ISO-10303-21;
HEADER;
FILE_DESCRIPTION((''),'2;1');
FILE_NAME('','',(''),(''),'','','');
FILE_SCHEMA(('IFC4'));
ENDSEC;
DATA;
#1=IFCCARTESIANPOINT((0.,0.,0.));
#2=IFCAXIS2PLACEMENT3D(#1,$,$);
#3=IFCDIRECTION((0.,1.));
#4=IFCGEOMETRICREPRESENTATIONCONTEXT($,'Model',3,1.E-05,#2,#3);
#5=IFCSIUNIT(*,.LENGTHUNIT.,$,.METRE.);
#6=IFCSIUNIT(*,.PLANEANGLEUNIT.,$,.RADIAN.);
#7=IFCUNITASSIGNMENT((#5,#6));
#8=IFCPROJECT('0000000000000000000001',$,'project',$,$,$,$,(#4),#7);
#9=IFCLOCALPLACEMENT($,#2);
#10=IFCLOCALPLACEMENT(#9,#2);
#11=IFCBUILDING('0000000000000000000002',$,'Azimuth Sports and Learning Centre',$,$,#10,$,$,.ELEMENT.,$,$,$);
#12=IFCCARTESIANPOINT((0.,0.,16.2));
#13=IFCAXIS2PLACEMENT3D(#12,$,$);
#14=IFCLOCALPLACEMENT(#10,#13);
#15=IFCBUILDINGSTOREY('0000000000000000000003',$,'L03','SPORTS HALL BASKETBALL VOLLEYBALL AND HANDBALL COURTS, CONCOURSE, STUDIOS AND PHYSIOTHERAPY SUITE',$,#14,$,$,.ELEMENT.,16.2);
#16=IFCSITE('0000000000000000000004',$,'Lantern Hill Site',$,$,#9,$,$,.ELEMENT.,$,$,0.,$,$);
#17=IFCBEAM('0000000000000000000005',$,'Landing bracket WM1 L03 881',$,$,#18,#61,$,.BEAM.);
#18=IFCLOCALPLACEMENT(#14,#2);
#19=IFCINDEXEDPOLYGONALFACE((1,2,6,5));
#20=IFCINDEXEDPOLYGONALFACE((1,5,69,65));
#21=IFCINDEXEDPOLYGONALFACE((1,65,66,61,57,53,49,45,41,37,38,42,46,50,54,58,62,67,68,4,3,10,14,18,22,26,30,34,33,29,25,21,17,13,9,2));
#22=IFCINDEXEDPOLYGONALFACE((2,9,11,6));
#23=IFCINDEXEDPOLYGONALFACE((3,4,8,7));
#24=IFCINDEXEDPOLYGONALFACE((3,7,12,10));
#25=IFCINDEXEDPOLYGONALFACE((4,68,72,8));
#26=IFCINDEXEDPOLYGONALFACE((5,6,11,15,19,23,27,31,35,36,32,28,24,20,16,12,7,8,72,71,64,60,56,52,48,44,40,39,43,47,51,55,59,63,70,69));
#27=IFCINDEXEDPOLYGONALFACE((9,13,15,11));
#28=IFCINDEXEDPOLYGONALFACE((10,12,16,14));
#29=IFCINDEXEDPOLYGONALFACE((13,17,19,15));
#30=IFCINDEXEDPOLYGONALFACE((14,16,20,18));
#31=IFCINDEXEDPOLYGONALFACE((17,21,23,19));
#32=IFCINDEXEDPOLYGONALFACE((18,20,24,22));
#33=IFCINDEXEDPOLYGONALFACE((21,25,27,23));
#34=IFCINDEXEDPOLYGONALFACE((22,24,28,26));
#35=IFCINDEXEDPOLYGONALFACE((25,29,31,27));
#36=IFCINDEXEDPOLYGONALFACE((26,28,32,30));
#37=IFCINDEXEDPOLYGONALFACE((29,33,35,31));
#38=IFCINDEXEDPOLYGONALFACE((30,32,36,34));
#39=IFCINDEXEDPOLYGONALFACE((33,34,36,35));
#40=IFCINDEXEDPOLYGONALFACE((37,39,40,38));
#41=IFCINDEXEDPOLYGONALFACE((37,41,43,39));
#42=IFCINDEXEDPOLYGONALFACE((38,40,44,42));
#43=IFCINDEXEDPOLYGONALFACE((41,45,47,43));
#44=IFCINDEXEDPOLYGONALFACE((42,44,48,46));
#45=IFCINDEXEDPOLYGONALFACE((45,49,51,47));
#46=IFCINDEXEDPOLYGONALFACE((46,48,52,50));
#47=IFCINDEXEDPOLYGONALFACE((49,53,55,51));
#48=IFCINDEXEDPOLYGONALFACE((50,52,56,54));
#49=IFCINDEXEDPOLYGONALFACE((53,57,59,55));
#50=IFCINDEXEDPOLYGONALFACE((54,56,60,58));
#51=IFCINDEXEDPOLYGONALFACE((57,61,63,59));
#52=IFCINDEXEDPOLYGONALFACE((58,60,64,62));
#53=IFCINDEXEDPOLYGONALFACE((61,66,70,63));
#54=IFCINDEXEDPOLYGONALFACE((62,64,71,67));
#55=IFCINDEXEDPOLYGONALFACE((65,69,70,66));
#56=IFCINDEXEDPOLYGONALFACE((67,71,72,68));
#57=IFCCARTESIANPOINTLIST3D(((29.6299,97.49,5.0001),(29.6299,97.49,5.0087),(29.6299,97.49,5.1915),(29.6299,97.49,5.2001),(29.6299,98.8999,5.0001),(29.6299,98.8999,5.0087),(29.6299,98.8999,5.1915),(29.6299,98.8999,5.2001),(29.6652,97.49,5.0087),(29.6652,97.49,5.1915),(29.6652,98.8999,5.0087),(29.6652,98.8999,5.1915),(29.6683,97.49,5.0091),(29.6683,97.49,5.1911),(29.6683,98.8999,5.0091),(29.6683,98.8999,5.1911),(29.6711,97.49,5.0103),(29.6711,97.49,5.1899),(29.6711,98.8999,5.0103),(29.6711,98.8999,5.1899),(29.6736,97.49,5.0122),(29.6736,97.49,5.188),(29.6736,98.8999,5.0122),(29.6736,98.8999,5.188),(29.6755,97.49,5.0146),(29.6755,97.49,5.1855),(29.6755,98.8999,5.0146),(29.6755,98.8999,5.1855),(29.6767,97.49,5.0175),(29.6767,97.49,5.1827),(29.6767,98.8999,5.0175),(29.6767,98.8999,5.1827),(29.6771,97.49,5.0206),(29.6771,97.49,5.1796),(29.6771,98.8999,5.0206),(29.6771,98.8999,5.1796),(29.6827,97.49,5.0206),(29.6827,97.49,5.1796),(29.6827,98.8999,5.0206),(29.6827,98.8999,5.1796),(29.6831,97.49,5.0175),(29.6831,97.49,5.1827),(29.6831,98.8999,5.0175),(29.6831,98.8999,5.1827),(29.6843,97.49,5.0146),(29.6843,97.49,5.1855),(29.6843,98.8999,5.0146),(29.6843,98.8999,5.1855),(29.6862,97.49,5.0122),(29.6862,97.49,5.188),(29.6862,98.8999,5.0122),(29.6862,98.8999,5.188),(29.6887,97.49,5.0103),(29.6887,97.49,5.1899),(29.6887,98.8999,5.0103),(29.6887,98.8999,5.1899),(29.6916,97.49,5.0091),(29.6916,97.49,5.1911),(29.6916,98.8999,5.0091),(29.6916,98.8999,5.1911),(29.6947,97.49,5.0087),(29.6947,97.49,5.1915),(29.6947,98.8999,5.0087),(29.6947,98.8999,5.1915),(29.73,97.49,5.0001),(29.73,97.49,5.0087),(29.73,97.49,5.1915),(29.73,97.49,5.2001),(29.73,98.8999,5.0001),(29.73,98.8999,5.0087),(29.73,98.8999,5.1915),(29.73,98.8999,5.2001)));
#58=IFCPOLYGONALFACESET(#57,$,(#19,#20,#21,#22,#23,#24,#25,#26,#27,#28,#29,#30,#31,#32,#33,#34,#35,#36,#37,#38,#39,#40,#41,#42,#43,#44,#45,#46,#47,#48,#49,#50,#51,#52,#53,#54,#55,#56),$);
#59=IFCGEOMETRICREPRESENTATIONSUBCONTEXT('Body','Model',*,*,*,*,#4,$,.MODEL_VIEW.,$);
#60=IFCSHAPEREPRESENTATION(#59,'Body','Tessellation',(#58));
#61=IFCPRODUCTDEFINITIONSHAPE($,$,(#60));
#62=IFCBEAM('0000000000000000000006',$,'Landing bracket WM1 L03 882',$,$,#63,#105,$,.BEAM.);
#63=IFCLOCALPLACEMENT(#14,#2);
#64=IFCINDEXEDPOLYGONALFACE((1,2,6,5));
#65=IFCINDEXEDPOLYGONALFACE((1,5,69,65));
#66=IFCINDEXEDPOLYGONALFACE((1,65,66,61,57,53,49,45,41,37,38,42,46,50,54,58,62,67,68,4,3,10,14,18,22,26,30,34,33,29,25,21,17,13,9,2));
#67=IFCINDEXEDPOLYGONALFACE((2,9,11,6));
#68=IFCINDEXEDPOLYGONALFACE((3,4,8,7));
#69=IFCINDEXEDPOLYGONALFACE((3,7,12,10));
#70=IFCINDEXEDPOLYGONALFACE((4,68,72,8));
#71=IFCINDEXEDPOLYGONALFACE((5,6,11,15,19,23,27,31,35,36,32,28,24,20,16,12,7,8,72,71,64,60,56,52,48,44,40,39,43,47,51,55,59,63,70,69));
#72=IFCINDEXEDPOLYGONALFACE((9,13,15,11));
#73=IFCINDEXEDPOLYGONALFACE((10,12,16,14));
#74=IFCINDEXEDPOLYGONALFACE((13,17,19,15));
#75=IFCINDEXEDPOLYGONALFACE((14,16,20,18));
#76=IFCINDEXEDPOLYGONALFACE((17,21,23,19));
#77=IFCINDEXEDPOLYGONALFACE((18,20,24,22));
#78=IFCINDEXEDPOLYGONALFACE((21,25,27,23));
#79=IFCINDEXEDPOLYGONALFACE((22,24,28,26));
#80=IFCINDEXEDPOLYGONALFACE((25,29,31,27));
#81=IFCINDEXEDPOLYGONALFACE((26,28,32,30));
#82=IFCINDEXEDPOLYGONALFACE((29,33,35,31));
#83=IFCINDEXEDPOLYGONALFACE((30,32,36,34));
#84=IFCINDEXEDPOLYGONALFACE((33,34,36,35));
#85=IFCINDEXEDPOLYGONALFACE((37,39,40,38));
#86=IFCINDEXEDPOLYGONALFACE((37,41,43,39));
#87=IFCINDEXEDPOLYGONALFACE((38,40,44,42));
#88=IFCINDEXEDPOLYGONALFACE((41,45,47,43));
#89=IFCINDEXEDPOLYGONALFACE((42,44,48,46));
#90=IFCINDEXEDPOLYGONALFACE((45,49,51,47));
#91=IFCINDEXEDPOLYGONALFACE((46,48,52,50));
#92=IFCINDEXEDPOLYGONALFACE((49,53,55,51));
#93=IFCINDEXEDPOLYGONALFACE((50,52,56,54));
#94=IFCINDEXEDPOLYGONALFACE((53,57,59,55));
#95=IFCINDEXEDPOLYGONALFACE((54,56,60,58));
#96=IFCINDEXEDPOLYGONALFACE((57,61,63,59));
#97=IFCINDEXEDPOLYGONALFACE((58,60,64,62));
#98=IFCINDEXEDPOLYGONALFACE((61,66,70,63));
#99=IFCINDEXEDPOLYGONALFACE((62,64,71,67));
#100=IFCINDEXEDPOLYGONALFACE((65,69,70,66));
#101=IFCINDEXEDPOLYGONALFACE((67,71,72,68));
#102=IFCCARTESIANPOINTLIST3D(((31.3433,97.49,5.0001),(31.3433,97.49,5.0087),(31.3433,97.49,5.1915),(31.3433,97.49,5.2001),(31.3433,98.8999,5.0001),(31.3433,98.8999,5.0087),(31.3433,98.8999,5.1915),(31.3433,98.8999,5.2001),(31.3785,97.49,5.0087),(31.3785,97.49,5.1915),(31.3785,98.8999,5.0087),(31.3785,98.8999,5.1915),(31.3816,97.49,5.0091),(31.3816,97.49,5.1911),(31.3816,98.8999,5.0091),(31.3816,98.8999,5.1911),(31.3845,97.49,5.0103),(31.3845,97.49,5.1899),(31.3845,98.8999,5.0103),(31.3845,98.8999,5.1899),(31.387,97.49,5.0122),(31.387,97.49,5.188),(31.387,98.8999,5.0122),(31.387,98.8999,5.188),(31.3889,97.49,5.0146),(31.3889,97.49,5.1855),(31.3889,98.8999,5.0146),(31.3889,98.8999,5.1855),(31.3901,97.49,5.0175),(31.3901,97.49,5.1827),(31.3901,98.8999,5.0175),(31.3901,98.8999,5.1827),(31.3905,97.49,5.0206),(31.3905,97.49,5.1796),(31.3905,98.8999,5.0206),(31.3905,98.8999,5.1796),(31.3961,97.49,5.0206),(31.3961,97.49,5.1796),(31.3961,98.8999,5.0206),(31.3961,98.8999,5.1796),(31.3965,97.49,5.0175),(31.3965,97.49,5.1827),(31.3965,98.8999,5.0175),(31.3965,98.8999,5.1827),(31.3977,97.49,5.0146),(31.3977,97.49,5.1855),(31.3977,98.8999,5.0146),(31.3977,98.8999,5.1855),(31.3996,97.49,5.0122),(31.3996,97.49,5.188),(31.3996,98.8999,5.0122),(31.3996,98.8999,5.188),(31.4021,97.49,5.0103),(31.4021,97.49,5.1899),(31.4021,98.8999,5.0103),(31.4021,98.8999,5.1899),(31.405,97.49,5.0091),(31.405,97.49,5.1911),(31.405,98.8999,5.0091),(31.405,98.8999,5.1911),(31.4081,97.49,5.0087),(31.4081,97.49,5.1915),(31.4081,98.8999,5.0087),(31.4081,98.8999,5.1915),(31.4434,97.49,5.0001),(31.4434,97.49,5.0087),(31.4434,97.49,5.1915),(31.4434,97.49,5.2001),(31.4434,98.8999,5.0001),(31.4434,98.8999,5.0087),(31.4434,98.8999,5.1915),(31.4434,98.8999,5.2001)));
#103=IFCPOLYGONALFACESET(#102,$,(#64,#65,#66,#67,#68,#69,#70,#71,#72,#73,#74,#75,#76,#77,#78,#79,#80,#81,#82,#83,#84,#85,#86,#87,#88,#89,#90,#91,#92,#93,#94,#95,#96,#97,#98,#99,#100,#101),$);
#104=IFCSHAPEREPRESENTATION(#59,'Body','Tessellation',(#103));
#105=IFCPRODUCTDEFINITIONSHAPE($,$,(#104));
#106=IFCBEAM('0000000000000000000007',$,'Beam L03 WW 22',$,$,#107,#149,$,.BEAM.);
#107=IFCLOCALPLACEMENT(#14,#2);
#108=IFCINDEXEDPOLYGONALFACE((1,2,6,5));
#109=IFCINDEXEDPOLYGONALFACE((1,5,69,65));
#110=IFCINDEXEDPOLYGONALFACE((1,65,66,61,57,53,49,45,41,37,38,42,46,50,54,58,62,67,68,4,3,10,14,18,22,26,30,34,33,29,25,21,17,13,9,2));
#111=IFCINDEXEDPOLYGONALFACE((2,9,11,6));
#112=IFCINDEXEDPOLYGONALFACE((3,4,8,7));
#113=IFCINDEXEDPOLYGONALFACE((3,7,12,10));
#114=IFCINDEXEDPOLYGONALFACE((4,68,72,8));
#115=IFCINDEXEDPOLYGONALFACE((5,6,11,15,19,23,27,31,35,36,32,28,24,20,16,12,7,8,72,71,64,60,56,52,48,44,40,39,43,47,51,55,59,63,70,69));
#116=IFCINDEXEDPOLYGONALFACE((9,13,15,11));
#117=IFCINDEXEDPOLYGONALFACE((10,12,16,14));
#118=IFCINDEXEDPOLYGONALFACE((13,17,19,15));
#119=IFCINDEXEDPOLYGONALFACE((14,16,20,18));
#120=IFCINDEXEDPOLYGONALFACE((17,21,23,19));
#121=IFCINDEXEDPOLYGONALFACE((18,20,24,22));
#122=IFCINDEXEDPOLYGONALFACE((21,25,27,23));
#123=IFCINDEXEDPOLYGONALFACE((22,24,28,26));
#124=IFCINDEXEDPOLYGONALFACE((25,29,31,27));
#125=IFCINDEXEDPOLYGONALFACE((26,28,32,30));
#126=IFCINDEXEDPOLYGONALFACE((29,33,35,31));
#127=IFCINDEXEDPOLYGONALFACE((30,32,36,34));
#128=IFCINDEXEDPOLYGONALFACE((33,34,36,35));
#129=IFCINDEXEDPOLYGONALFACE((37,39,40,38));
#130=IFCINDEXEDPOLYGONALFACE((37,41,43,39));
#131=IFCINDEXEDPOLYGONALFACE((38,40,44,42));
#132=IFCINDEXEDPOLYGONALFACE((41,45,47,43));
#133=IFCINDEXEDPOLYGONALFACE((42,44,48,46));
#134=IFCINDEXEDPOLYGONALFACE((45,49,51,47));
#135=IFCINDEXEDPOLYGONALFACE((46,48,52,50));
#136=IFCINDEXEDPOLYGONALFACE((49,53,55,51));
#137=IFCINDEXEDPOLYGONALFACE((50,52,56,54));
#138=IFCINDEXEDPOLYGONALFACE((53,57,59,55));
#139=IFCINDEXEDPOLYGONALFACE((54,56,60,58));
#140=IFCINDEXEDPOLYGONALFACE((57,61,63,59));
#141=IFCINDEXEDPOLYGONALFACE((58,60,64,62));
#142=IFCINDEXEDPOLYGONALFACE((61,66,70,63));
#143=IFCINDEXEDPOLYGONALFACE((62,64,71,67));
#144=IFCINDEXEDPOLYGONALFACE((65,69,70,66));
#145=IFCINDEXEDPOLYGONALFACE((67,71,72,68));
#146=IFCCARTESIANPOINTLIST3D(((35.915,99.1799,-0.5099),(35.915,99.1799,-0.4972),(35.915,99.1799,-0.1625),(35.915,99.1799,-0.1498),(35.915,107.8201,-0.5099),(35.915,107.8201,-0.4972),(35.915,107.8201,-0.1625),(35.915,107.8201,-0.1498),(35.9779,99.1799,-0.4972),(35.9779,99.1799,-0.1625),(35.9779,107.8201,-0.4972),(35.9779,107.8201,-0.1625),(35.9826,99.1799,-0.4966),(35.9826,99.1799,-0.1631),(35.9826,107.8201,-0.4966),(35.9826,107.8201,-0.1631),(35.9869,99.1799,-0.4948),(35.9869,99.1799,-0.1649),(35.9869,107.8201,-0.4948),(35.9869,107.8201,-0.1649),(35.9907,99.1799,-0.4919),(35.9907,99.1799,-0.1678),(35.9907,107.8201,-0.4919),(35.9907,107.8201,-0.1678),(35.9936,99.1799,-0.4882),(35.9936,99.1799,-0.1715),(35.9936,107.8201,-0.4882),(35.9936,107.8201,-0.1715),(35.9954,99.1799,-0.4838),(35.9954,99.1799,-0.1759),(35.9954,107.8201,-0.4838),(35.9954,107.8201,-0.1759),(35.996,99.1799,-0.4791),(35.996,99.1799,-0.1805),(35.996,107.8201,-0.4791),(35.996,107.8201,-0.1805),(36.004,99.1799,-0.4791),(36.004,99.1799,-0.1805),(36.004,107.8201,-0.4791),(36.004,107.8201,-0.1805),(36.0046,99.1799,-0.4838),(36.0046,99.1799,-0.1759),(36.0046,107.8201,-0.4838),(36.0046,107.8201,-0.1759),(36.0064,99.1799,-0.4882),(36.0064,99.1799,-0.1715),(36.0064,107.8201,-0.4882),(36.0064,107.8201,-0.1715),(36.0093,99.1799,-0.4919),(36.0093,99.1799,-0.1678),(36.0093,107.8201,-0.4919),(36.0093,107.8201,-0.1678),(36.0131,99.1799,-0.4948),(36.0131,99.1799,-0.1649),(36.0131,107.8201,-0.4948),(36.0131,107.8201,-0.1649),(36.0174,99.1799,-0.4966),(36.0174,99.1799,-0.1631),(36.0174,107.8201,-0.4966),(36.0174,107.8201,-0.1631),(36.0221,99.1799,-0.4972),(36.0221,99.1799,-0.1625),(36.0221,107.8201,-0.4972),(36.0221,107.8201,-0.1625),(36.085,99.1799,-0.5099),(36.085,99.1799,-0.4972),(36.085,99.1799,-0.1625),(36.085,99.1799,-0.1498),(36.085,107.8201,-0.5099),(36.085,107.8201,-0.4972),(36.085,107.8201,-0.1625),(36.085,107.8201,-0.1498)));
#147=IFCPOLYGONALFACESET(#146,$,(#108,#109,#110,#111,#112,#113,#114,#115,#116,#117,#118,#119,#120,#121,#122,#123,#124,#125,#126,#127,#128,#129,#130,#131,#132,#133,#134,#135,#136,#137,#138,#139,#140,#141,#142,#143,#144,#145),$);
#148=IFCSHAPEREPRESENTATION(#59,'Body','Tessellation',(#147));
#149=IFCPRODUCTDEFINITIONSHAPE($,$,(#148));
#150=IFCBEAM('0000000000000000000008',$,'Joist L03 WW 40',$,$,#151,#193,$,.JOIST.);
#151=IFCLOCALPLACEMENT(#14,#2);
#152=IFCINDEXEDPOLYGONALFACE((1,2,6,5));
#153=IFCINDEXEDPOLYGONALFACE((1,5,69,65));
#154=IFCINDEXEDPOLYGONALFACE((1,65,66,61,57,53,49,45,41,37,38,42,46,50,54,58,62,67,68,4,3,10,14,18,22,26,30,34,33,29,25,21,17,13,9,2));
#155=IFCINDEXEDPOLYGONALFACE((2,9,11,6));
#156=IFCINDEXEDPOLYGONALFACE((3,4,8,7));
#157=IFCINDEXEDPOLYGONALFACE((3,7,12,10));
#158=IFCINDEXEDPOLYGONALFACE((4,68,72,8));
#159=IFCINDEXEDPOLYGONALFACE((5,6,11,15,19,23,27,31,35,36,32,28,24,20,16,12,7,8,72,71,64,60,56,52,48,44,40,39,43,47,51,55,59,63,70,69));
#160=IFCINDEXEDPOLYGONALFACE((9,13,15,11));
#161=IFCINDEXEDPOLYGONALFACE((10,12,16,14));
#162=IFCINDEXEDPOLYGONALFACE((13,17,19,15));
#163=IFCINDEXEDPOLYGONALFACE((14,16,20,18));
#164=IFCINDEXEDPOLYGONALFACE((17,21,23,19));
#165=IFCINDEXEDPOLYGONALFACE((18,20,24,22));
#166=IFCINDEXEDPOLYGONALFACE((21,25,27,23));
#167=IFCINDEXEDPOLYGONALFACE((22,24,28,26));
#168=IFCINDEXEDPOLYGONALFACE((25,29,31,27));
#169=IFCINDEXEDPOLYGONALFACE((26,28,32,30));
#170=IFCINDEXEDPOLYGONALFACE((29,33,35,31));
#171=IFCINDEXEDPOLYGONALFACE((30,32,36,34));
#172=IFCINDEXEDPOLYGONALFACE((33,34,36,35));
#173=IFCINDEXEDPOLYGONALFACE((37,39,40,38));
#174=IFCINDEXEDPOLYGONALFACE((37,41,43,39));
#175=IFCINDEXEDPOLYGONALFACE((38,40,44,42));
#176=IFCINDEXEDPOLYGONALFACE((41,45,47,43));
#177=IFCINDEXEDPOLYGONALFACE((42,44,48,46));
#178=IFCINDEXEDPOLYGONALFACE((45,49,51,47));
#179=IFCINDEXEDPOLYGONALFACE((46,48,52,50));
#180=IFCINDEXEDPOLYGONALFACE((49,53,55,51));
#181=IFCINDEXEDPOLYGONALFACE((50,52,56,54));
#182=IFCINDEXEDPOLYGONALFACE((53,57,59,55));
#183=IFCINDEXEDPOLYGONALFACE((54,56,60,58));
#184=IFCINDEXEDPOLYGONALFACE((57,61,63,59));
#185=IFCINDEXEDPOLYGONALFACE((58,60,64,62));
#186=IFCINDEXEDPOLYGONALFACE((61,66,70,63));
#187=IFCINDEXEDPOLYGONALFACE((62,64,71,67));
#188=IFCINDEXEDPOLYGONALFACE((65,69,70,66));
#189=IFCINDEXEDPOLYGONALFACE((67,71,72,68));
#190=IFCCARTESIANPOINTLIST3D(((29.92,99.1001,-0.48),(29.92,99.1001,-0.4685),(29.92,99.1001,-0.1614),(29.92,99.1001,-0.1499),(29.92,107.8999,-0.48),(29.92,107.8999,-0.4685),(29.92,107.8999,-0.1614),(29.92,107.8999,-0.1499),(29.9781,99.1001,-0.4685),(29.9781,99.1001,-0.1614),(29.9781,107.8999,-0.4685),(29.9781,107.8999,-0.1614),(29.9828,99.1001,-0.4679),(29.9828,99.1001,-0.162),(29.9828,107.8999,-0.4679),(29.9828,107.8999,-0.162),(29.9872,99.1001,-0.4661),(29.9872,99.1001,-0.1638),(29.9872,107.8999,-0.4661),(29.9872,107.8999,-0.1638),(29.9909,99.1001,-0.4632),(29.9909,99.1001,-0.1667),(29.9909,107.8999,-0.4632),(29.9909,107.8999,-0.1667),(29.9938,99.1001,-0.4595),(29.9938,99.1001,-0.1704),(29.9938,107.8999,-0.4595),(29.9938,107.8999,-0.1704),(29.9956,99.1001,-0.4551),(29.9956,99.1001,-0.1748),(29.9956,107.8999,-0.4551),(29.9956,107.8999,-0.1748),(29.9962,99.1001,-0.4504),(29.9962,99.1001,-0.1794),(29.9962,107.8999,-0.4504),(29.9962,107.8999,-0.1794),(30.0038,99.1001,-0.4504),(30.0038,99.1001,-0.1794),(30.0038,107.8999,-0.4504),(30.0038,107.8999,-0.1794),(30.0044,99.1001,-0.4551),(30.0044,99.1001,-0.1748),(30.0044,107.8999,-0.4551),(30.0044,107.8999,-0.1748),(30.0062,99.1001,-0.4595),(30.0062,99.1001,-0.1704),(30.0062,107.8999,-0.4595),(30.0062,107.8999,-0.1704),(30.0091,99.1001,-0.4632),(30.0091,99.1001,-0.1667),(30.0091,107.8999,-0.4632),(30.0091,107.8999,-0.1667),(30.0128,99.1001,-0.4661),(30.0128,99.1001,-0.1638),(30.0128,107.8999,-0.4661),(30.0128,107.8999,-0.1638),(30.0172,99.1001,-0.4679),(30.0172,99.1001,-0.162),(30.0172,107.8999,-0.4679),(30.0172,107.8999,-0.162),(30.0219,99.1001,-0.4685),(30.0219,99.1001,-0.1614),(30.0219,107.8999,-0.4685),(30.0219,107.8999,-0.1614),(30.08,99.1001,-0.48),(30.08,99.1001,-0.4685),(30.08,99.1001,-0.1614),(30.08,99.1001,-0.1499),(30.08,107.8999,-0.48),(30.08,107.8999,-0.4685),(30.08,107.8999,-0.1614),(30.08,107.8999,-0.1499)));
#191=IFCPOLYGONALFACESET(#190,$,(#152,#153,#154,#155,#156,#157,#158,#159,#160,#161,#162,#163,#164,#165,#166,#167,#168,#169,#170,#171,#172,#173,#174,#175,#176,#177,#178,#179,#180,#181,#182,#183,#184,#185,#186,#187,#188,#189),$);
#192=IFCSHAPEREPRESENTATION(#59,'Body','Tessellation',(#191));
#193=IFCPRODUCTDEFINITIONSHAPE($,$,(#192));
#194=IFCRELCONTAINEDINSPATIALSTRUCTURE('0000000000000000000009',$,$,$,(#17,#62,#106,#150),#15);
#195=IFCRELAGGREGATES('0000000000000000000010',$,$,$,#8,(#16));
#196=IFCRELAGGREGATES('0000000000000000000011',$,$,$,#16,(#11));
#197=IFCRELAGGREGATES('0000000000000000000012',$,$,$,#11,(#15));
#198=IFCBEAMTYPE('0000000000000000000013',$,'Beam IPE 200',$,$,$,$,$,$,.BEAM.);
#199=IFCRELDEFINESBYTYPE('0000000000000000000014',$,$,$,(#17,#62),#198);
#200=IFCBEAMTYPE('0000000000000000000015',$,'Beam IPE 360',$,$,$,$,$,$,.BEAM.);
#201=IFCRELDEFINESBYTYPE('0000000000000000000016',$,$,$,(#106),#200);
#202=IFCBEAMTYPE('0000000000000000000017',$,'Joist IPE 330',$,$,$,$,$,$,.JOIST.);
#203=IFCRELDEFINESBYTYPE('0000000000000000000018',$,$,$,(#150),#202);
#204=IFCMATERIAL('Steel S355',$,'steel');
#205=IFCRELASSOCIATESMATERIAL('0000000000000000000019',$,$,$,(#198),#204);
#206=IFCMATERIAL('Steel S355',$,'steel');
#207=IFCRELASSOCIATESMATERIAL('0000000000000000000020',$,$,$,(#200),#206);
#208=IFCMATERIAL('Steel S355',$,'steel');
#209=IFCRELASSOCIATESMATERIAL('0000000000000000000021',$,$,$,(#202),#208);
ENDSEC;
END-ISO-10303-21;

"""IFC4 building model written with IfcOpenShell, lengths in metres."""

from ifc_helpers import new_model, si_unit, direction, frame, origin, origin_2d, place, context, subcontext, project, spatial, i_section, extrude, material, material_profile, profile_set, type_object, element, save


model = new_model("IFC4")

# Units and contexts
model_context = context("Model", 3, precision=1e-05, world=origin(), true_north=direction((0.0, 1.0)))
body_context = subcontext(model_context, "Body", "Model", "MODEL_VIEW")
ifc_project = project(units=[si_unit("LENGTHUNIT", "METRE"), si_unit("PLANEANGLEUNIT", "RADIAN")], contexts=[model_context])

# Site, building, storey
site_placement = place(None, origin())
site = spatial("IfcSite", under=ifc_project, at=site_placement, Name="Lantern Hill Site", CompositionType="ELEMENT", RefElevation=0.0)
building_placement = place(site_placement, origin())
building = spatial("IfcBuilding", under=site, at=building_placement, Name="Azimuth Sports and Learning Centre", CompositionType="ELEMENT")
storey_placement = place(building_placement, frame((0.0, 0.0, 16.2)))
storey = spatial("IfcBuildingStorey", under=building, at=storey_placement, Name="L03", Description="SPORTS HALL BASKETBALL VOLLEYBALL AND HANDBALL COURTS, CONCOURSE, STUDIOS AND PHYSIOTHERAPY SUITE", CompositionType="ELEMENT", Elevation=16.2)

# Beams
ifc_material_1 = material(Name="Steel S355", Category="steel")
ifc_material_profile_1 = material_profile(ifc_material_1, i_section(OverallWidth=0.1001, OverallDepth=0.2, WebThickness=0.0056, FlangeThickness=0.0085, FilletRadius=0.012, at=origin_2d()), Name="IPE 200")
ifc_profile_set_1 = profile_set([ifc_material_profile_1], Name="Steel S355")
beam_type_1 = type_object("IfcBeamType", Name="Beam IPE 200", PredefinedType="BEAM", material=ifc_profile_set_1)
for number, where, z_axis, x_axis, name in (
    (1, (29.6799, 98.8999, 5.1001), (0.0, -1.0, 0.0), (1.0, 0.0, 0.0), "Landing bracket WM1 L03 881"),
    (2, (31.3933, 98.8999, 5.1001), (0.0, -1.0, 0.0), (1.0, 0.0, 0.0), "Landing bracket WM1 L03 882"),
):
    element("IfcBeam", number, at=place(storey_placement, frame(where, z_axis=z_axis, x_axis=x_axis)), inside=storey, type_object=beam_type_1, Name=name, PredefinedType="BEAM", context=body_context, shape_type="SweptSolid", body=[
        extrude(i_section(OverallWidth=0.1001, OverallDepth=0.2, WebThickness=0.0056, FlangeThickness=0.0085, FilletRadius=0.012, at=origin_2d()), origin(), (0.0, 0.0, 1.0), 1.4099),
    ])
ifc_material_2 = material(Name="Steel S355", Category="steel")
ifc_material_profile_2 = material_profile(ifc_material_2, i_section(OverallWidth=0.1699, OverallDepth=0.3601, WebThickness=0.0081, FlangeThickness=0.0127, FilletRadius=0.0181, at=origin_2d()), Name="IPE 360")
ifc_profile_set_2 = profile_set([ifc_material_profile_2], Name="Steel S355")
beam_type_2 = type_object("IfcBeamType", Name="Beam IPE 360", PredefinedType="BEAM", material=ifc_profile_set_2)
beam_placement = place(storey_placement, frame((36.0, 99.1799, -0.3298), z_axis=(0.0, 1.0, 0.0), x_axis=(-1.0, 0.0, 0.0)))
element("IfcBeam", 3, at=beam_placement, inside=storey, type_object=beam_type_2, Name="Beam L03 WW 22", PredefinedType="BEAM", context=body_context, shape_type="SweptSolid", body=[
    extrude(i_section(OverallWidth=0.1699, OverallDepth=0.3601, WebThickness=0.0081, FlangeThickness=0.0127, FilletRadius=0.0181, at=origin_2d()), origin(), (0.0, 0.0, 1.0), 8.6401),
])
ifc_material_3 = material(Name="Steel S355", Category="steel")
ifc_material_profile_3 = material_profile(ifc_material_3, i_section(OverallWidth=0.1599, OverallDepth=0.3301, WebThickness=0.0076, FlangeThickness=0.0115, FilletRadius=0.0181, at=origin_2d()), Name="IPE 330")
ifc_profile_set_3 = profile_set([ifc_material_profile_3], Name="Steel S355")
beam_type_3 = type_object("IfcBeamType", Name="Joist IPE 330", PredefinedType="JOIST", material=ifc_profile_set_3)
for number, where, z_axis, x_axis, name in (
    (4, (30.0, 99.1001, -0.3149), (0.0, 1.0, 0.0), (-1.0, 0.0, 0.0), "Joist L03 WW 40"),
):
    element("IfcBeam", number, at=place(storey_placement, frame(where, z_axis=z_axis, x_axis=x_axis)), inside=storey, type_object=beam_type_3, Name=name, PredefinedType="JOIST", context=body_context, shape_type="SweptSolid", body=[
        extrude(i_section(OverallWidth=0.1599, OverallDepth=0.3301, WebThickness=0.0076, FlangeThickness=0.0115, FilletRadius=0.0181, at=origin_2d()), origin(), (0.0, 0.0, 1.0), 8.7998),
    ])

save(model, "model.ifc")
